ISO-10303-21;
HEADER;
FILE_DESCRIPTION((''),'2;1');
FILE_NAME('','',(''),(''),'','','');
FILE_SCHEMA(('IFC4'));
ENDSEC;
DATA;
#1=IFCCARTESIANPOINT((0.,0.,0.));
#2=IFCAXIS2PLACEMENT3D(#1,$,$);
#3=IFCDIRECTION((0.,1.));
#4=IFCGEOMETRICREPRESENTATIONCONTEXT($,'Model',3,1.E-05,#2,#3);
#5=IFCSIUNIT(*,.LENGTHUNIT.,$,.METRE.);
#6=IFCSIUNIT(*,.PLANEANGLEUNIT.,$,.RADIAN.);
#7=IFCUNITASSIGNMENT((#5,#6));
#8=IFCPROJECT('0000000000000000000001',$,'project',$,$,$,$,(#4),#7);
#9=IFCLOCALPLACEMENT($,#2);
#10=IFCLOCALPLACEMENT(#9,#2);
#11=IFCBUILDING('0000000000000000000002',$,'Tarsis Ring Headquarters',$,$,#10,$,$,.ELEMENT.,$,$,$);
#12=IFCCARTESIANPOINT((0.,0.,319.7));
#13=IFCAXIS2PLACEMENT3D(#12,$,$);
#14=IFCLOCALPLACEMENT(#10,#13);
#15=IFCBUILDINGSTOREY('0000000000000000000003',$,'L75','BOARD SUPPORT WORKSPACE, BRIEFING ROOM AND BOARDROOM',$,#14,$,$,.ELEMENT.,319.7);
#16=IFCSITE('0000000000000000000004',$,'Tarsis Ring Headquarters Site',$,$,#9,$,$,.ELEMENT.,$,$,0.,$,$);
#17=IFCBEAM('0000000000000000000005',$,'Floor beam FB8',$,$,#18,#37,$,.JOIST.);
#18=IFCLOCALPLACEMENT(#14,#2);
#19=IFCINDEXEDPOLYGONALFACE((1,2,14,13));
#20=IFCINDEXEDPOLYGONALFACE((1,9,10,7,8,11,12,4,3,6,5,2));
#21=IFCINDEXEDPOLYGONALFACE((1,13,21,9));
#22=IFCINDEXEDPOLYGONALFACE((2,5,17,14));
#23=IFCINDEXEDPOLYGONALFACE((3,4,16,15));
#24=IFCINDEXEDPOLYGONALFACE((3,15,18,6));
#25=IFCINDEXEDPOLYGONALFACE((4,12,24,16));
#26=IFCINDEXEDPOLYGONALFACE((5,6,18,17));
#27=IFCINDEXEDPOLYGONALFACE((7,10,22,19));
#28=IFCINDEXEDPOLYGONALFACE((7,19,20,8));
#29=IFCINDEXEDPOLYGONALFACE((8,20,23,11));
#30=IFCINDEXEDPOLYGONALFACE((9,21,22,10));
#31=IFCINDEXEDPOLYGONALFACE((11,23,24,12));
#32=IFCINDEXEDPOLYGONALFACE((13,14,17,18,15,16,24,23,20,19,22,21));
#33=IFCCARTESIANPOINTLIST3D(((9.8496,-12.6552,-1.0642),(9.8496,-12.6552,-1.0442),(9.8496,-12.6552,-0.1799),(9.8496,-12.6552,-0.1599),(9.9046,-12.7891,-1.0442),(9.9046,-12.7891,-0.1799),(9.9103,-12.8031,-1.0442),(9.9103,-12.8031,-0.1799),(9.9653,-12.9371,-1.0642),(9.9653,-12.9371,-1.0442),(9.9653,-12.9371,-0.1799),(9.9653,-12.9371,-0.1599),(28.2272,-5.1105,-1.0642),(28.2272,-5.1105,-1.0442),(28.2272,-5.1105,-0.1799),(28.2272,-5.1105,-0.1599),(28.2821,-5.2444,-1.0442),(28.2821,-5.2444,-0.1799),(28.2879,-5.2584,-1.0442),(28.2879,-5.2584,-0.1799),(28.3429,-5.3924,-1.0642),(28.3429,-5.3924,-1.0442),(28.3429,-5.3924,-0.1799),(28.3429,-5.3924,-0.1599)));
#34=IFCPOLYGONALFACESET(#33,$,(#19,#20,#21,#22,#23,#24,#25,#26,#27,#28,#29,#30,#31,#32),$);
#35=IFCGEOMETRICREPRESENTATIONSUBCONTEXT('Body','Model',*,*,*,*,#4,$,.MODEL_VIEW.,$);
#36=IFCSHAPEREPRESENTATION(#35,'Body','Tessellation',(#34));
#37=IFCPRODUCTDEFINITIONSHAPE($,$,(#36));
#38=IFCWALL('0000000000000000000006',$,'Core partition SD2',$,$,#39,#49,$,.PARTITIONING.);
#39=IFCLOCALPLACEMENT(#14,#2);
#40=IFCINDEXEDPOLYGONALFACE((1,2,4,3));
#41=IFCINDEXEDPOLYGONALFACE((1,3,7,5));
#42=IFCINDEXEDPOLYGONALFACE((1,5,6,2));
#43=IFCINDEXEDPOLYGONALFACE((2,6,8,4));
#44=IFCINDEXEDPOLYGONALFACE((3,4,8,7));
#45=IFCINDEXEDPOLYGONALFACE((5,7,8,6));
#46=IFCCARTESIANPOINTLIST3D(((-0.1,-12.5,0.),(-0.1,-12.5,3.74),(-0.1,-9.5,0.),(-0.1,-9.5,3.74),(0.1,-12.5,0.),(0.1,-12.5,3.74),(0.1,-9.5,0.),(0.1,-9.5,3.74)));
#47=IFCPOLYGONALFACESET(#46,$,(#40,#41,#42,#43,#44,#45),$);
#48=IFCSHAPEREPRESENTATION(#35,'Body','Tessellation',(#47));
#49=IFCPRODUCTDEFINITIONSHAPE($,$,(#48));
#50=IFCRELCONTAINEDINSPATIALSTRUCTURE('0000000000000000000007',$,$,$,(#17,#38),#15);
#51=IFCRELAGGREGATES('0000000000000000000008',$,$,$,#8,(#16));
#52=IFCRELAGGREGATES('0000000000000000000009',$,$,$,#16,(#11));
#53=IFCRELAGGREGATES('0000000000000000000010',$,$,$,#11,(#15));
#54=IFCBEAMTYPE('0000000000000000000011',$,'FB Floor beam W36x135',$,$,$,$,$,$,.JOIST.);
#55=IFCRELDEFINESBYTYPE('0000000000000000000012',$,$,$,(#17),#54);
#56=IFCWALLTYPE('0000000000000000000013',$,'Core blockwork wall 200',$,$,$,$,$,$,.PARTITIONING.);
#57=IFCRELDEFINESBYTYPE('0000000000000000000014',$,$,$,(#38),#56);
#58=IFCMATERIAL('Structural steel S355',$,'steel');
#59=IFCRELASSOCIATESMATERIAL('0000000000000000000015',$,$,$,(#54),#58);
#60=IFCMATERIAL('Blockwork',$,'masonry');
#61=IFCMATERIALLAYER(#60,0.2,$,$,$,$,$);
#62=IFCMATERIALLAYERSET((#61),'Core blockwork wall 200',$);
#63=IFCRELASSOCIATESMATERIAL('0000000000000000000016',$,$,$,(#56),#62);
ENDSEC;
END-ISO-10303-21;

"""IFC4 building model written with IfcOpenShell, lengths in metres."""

from ifc_helpers import new_model, si_unit, direction, frame, frame_2d, origin, origin_2d, place, context, subcontext, project, spatial, rectangle, i_section, extrude, material, layer, layer_set, material_profile, profile_set, type_object, element, save


model = new_model("IFC4")

# Units and contexts
model_context = context("Model", 3, precision=1e-05, world=origin(), true_north=direction((0.0, 1.0)))
body_context = subcontext(model_context, "Body", "Model", "MODEL_VIEW")
ifc_project = project(units=[si_unit("LENGTHUNIT", "METRE"), si_unit("PLANEANGLEUNIT", "RADIAN")], contexts=[model_context])

# Site, building, storey
site_placement = place(None, origin())
site = spatial("IfcSite", under=ifc_project, at=site_placement, Name="Tarsis Ring Headquarters Site", CompositionType="ELEMENT", RefElevation=0.0)
building_placement = place(site_placement, origin())
building = spatial("IfcBuilding", under=site, at=building_placement, Name="Tarsis Ring Headquarters", CompositionType="ELEMENT")
storey_placement = place(building_placement, frame((0.0, 0.0, 319.7)))
storey = spatial("IfcBuildingStorey", under=building, at=storey_placement, Name="L75", Description="BOARD SUPPORT WORKSPACE, BRIEFING ROOM AND BOARDROOM", CompositionType="ELEMENT", Elevation=319.7)

# Beam
ifc_material_1 = material(Name="Structural steel S355", Category="steel")
ifc_material_profile = material_profile(ifc_material_1, i_section(OverallWidth=0.3047, OverallDepth=0.9043, WebThickness=0.0151, FlangeThickness=0.02, at=origin_2d()), Name="W36x135")
ifc_profile_set = profile_set([ifc_material_profile], Name="Structural steel S355")
beam_type = type_object("IfcBeamType", Name="FB Floor beam W36x135", PredefinedType="JOIST", material=ifc_profile_set)
beam_placement = place(storey_placement, frame((9.9075, -12.7961, -0.6121), z_axis=(0.925076, 0.379781, 0.0), x_axis=(-0.379781, 0.925076, 0.0)))
element("IfcBeam", 1, at=beam_placement, inside=storey, type_object=beam_type, Name="Floor beam FB8", PredefinedType="JOIST", context=body_context, shape_type="SweptSolid", body=[
    extrude(i_section(OverallWidth=0.3047, OverallDepth=0.9043, WebThickness=0.0151, FlangeThickness=0.02, at=origin_2d()), origin(), (0.0, 0.0, 1.0), 19.866),
])

# Wall
ifc_material_2 = material(Name="Blockwork", Category="masonry")
ifc_layer_1 = layer(ifc_material_2, 0.2)
ifc_layer_set_1 = layer_set([ifc_layer_1], Name="Core blockwork wall 200")
wall_type_1 = type_object("IfcWallType", Name="Core blockwork wall 200", PredefinedType="PARTITIONING", material=ifc_layer_set_1)
wall_1_placement = place(storey_placement, frame((0.0, -12.5, 0.0), z_axis=(0.0, 0.0, 1.0), x_axis=(0.0, 1.0, 0.0)))
element("IfcWall", 2, at=wall_1_placement, inside=storey, type_object=wall_type_1, Name="Core partition SD2", PredefinedType="PARTITIONING", context=body_context, shape_type="SweptSolid", body=[
    extrude(rectangle(XDim=3.0, YDim=0.2, at=frame_2d((1.5, 0.0))), origin(), (0.0, 0.0, 1.0), 3.74),
])

save(model, "model.ifc")
